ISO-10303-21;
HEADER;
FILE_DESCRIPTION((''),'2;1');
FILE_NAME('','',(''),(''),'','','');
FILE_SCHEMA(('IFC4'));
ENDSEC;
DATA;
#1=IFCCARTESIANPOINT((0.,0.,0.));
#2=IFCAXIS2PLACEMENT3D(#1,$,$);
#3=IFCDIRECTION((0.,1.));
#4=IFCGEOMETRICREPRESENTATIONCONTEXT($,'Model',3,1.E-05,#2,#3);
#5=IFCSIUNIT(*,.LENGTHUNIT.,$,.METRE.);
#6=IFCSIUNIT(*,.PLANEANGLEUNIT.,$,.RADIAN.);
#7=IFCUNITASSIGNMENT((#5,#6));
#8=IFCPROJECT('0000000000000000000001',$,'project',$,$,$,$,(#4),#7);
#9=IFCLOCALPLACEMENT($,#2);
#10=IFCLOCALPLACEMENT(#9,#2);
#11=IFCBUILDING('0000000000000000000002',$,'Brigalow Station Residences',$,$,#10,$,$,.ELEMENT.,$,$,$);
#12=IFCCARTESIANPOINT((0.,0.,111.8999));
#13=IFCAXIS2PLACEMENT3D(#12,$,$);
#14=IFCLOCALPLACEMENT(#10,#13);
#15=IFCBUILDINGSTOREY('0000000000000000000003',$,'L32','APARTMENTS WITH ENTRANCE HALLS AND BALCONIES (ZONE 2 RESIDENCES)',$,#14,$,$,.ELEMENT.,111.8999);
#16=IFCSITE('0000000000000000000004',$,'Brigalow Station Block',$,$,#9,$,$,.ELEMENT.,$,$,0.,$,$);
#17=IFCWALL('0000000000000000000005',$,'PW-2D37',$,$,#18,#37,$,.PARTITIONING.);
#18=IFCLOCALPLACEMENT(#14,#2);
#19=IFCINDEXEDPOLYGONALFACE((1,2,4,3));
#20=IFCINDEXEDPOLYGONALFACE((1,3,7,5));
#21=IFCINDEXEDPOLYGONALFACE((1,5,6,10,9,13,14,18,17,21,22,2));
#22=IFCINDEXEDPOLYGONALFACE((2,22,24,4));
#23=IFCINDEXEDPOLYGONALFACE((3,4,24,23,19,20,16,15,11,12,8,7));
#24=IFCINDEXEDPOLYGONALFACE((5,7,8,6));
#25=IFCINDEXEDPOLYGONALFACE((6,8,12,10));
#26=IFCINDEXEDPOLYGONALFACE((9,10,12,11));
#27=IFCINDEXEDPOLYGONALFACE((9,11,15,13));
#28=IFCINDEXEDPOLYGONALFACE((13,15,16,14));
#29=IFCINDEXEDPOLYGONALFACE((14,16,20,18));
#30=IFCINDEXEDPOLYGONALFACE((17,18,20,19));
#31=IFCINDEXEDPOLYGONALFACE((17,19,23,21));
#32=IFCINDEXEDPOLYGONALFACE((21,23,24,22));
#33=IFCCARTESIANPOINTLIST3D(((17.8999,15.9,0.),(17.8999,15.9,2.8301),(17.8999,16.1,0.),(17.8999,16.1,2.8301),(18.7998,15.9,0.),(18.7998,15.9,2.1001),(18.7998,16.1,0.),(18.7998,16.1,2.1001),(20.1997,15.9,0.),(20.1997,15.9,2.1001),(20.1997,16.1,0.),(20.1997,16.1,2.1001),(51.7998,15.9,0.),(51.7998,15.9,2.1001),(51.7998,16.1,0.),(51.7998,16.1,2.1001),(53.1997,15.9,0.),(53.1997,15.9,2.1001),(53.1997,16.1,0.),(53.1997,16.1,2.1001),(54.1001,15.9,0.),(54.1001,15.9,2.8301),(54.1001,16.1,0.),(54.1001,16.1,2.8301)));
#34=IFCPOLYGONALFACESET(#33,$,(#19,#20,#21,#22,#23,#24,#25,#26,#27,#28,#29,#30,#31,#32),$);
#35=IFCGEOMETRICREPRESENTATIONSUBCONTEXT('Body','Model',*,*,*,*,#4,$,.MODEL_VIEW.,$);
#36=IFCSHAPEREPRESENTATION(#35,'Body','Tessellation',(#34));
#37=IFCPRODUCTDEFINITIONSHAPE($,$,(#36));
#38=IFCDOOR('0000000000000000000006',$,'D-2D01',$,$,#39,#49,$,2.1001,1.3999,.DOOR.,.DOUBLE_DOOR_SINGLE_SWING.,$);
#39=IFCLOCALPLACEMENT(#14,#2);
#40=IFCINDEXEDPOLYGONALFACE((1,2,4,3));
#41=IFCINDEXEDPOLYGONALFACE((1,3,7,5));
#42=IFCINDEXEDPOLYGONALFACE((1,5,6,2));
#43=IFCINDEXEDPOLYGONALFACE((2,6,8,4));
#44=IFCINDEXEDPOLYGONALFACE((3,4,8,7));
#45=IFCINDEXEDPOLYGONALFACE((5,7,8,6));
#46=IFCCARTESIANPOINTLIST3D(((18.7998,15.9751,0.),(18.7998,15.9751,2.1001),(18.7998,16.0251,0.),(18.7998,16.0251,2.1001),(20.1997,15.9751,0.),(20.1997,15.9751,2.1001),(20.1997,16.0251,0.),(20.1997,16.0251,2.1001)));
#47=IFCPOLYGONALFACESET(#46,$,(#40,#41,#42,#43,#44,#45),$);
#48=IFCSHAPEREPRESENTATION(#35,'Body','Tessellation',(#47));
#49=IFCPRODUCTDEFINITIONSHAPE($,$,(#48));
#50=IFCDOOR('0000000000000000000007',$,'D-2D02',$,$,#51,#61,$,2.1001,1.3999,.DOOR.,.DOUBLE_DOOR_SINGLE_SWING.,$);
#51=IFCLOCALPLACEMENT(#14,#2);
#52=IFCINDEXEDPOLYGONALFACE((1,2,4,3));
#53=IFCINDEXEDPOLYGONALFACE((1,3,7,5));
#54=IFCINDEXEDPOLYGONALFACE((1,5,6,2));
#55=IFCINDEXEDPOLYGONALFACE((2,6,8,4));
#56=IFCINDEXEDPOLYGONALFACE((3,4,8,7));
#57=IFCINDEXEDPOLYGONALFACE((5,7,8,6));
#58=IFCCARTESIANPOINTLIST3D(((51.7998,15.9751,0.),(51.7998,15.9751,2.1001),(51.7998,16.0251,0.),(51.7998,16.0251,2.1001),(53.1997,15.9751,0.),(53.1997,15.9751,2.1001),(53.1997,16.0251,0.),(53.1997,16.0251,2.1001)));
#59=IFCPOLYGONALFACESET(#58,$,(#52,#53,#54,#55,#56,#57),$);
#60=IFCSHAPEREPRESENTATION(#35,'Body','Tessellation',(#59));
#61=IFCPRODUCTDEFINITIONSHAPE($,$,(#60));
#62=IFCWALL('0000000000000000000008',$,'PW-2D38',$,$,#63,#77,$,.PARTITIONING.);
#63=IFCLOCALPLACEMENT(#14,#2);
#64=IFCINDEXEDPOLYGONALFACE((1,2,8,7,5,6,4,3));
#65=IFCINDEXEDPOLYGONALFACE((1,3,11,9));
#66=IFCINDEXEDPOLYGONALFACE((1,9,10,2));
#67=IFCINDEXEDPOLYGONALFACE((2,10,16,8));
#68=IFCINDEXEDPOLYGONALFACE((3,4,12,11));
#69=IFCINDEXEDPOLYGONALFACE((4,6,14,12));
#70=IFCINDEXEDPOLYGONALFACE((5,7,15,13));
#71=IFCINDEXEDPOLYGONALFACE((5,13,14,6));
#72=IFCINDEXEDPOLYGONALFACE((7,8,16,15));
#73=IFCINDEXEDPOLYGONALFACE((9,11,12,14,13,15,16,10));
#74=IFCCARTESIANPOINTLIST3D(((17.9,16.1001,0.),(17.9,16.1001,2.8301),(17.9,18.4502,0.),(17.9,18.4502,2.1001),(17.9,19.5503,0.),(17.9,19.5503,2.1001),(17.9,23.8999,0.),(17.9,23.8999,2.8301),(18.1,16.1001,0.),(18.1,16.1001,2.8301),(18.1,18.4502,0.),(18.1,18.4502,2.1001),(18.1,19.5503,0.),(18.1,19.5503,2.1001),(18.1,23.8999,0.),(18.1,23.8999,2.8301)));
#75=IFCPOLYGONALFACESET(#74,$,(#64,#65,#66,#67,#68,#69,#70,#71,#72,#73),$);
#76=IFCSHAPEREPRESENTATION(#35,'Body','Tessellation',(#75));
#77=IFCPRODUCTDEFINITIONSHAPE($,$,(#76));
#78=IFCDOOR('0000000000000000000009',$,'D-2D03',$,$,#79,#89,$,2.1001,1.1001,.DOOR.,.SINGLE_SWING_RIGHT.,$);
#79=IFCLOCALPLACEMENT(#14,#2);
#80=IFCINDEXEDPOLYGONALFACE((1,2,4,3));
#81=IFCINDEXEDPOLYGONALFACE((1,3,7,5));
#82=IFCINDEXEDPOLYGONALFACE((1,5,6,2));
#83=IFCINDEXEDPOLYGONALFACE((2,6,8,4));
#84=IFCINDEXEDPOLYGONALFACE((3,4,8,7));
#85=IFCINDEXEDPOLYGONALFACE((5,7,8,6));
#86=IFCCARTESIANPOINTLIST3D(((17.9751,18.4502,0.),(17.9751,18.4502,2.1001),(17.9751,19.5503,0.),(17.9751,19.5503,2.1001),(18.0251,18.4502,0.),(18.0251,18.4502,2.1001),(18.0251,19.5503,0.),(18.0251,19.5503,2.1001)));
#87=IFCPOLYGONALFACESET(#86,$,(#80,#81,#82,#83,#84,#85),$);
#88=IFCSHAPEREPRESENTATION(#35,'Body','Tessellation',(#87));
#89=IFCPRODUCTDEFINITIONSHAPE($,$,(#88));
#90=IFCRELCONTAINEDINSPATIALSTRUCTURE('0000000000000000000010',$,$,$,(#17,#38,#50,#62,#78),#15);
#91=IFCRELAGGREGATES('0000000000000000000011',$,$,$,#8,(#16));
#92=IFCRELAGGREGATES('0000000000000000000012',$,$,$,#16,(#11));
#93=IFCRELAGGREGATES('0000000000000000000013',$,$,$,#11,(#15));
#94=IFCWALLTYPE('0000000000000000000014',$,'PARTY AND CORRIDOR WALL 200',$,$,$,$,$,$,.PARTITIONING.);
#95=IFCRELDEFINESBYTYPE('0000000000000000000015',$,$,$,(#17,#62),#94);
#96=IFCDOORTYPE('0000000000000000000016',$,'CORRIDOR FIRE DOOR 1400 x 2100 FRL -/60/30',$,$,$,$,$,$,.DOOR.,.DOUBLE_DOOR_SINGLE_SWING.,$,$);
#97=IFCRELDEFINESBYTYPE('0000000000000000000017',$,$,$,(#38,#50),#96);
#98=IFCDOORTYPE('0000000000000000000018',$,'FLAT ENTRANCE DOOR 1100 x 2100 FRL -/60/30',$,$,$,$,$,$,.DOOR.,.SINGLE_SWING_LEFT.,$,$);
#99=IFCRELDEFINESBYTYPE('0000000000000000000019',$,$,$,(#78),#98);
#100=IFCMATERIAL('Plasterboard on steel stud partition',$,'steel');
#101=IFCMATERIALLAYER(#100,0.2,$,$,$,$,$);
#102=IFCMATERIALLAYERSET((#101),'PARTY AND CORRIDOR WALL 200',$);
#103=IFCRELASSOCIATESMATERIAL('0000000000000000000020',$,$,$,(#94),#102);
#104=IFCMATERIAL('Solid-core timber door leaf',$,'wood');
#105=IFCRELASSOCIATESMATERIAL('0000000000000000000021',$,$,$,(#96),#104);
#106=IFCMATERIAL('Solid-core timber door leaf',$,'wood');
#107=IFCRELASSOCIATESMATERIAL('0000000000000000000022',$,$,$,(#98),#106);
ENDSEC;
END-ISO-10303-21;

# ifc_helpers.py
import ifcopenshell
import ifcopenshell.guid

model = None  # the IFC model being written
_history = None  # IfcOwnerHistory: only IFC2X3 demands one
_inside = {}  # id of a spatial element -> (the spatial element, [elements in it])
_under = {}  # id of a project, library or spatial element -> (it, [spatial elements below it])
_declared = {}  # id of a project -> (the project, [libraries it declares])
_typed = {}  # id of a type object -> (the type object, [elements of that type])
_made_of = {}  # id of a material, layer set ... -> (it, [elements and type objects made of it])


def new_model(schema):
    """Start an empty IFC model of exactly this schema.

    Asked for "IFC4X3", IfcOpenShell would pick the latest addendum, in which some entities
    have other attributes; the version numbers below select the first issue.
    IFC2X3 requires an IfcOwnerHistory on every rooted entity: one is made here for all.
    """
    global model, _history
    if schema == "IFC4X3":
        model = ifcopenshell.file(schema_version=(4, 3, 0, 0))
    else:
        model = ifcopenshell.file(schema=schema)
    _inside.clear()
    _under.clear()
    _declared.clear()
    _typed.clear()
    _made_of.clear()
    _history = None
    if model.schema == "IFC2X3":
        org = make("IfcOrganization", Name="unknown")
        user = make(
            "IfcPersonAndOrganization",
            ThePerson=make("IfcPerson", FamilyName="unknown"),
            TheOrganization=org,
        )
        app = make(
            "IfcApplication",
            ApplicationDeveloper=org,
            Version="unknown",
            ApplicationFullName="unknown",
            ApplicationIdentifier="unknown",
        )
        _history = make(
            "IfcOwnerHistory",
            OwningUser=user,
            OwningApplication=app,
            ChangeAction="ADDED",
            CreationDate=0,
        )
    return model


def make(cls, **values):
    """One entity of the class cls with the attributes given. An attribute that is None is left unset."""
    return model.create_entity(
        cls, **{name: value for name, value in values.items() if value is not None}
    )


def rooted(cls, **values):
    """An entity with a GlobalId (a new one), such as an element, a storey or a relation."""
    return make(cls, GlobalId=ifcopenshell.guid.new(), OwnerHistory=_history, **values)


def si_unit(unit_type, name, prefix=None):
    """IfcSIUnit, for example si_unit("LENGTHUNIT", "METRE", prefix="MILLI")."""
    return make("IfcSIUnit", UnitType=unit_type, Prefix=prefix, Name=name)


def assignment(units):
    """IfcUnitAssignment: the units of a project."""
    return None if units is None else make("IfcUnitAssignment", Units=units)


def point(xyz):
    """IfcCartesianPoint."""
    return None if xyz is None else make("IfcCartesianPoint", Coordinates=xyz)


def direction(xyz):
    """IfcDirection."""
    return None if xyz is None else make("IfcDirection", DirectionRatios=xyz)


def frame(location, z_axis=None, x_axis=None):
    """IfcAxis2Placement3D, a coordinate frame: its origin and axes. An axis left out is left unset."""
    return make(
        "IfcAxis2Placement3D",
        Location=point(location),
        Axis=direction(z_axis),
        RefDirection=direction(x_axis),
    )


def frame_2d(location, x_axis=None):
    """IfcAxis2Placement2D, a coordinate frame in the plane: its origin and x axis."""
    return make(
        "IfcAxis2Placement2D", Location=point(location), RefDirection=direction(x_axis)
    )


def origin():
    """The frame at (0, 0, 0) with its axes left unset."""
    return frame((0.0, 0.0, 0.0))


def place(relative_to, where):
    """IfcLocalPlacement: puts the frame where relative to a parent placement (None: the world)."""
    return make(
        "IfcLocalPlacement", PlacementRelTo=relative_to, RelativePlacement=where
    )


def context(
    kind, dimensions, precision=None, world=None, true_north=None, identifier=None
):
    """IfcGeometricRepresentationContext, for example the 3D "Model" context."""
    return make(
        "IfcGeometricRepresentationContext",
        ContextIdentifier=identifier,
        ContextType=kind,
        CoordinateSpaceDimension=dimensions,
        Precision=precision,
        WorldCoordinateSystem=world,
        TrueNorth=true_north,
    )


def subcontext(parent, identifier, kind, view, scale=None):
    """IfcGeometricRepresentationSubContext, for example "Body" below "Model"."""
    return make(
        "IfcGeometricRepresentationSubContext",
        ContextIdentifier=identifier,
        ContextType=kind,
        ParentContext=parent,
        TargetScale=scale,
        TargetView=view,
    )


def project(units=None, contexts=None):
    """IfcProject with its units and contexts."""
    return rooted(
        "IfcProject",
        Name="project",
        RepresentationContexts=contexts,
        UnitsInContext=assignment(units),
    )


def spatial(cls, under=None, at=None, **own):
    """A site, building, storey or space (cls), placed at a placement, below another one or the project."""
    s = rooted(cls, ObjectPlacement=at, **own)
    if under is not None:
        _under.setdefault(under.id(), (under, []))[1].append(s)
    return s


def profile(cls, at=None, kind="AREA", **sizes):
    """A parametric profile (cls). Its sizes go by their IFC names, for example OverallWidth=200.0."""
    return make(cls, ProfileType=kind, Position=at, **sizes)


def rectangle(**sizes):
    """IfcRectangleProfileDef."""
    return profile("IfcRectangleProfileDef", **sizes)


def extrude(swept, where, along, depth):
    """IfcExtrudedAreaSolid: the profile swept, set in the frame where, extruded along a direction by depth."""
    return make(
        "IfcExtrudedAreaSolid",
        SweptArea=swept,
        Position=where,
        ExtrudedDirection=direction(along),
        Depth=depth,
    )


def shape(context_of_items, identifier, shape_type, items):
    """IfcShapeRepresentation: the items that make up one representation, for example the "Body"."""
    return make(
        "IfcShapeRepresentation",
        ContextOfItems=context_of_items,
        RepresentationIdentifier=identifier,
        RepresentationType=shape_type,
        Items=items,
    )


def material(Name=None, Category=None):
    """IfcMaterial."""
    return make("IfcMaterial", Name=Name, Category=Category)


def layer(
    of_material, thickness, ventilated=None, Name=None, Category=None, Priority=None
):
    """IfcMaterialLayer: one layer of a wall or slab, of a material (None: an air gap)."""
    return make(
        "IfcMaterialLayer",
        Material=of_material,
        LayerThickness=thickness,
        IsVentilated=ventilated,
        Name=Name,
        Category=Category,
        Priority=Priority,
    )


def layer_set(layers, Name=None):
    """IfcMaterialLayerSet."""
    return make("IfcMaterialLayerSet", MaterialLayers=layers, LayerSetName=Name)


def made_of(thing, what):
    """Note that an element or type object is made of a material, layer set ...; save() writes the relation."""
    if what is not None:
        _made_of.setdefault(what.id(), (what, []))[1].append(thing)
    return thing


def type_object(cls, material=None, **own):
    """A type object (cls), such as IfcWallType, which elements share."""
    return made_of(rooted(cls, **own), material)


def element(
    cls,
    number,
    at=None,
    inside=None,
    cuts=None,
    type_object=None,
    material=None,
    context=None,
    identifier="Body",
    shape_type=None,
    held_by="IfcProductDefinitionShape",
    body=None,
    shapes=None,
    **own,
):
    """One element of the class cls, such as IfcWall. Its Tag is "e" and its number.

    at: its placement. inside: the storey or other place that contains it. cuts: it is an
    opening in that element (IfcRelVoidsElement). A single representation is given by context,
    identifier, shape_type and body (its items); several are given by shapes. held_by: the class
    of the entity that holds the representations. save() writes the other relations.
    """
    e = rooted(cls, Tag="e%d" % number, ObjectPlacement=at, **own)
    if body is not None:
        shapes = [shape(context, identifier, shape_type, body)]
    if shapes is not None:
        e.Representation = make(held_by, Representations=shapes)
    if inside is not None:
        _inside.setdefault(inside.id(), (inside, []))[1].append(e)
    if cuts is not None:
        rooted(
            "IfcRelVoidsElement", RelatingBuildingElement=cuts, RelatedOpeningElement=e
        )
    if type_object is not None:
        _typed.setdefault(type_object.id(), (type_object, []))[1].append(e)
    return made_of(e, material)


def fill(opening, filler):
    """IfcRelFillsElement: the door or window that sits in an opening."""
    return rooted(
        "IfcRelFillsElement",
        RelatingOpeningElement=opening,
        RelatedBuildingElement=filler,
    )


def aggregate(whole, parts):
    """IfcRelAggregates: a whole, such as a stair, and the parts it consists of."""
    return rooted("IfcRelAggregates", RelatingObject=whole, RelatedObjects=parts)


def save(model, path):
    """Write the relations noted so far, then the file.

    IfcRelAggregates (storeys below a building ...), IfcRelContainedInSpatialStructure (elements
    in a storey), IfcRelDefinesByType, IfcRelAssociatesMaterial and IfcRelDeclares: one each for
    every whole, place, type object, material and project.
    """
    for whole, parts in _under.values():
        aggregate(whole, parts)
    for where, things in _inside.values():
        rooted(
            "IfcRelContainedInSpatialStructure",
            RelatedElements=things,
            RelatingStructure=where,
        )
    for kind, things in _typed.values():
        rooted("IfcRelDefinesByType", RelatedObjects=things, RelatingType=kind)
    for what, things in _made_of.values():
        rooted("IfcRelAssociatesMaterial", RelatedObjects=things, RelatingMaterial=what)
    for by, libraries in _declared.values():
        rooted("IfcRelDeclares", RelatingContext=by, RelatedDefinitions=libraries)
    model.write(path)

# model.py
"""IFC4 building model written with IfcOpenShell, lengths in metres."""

from ifc_helpers import new_model, si_unit, direction, frame, frame_2d, origin, place, context, subcontext, project, spatial, rectangle, extrude, material, layer, layer_set, type_object, element, fill, save


model = new_model("IFC4")

# Units and contexts
model_context = context("Model", 3, precision=1e-05, world=origin(), true_north=direction((0.0, 1.0)))
body_context = subcontext(model_context, "Body", "Model", "MODEL_VIEW")
ifc_project = project(units=[si_unit("LENGTHUNIT", "METRE"), si_unit("PLANEANGLEUNIT", "RADIAN")], contexts=[model_context])

# Site, building, storey
site_placement = place(None, origin())
site = spatial("IfcSite", under=ifc_project, at=site_placement, Name="Brigalow Station Block", CompositionType="ELEMENT", RefElevation=0.0)
building_placement = place(site_placement, origin())
building = spatial("IfcBuilding", under=site, at=building_placement, Name="Brigalow Station Residences", CompositionType="ELEMENT")
storey_placement = place(building_placement, frame((0.0, 0.0, 111.8999)))
storey = spatial("IfcBuildingStorey", under=building, at=storey_placement, Name="L32", Description="APARTMENTS WITH ENTRANCE HALLS AND BALCONIES (ZONE 2 RESIDENCES)", CompositionType="ELEMENT", Elevation=111.8999)

# Wall, openings, doors
ifc_material_1 = material(Name="Plasterboard on steel stud partition", Category="steel")
ifc_layer_1 = layer(ifc_material_1, 0.2)
ifc_layer_set_1 = layer_set([ifc_layer_1], Name="PARTY AND CORRIDOR WALL 200")
wall_type_1 = type_object("IfcWallType", Name="PARTY AND CORRIDOR WALL 200", PredefinedType="PARTITIONING", material=ifc_layer_set_1)
wall_1_placement = place(storey_placement, frame((17.8999, 16.0, 0.0), z_axis=(0.0, 0.0, 1.0), x_axis=(1.0, 0.0, 0.0)))
wall_1 = element("IfcWall", 1, at=wall_1_placement, inside=storey, type_object=wall_type_1, Name="PW-2D37", PredefinedType="PARTITIONING", context=body_context, shape_type="SweptSolid", body=[
    extrude(rectangle(XDim=36.2002, YDim=0.2, at=frame_2d((18.1001, 0.0))), origin(), (0.0, 0.0, 1.0), 2.8301),
])
opening_1_placement = place(wall_1_placement, frame((0.8999, 0.0, 0.0)))
opening_1 = element("IfcOpeningElement", 2, at=opening_1_placement, cuts=wall_1, PredefinedType="OPENING", context=body_context, shape_type="SweptSolid", body=[
    extrude(rectangle(XDim=1.3999, YDim=2.1001, at=frame_2d((0.7, 1.05))), frame((0.0, 0.1099, 0.0), z_axis=(0.0, -1.0, 0.0), x_axis=(1.0, 0.0, 0.0)), (0.0, 0.0, 1.0), 0.22),
])
opening_2_placement = place(wall_1_placement, frame((33.8999, 0.0, 0.0)))
opening_2 = element("IfcOpeningElement", 3, at=opening_2_placement, cuts=wall_1, PredefinedType="OPENING", context=body_context, shape_type="SweptSolid", body=[
    extrude(rectangle(XDim=1.3999, YDim=2.1001, at=frame_2d((0.7, 1.05))), frame((0.0, 0.1099, 0.0), z_axis=(0.0, -1.0, 0.0), x_axis=(1.0, 0.0, 0.0)), (0.0, 0.0, 1.0), 0.22),
])
ifc_material_2 = material(Name="Solid-core timber door leaf", Category="wood")
door_type_1 = type_object("IfcDoorType", Name="CORRIDOR FIRE DOOR 1400 x 2100 FRL -/60/30", OperationType="DOUBLE_DOOR_SINGLE_SWING", PredefinedType="DOOR", material=ifc_material_2)
door_1_placement = place(opening_1_placement, frame((1.3999, 0.0, 0.0), z_axis=(0.0, 0.0, 1.0), x_axis=(-1.0, 0.0, 0.0)))
door_1 = element("IfcDoor", 4, at=door_1_placement, inside=storey, type_object=door_type_1, Name="D-2D01", OperationType="DOUBLE_DOOR_SINGLE_SWING", OverallHeight=2.1001, OverallWidth=1.3999, PredefinedType="DOOR", context=body_context, shape_type="SweptSolid", body=[
    extrude(rectangle(XDim=1.3999, YDim=2.1001, at=frame_2d((0.7, 1.05))), frame((0.0, 0.0249, 0.0), z_axis=(0.0, -1.0, 0.0), x_axis=(1.0, 0.0, 0.0)), (0.0, 0.0, 1.0), 0.05),
])
fill(opening_1, door_1)
door_2_placement = place(opening_2_placement, frame((1.3999, 0.0, 0.0), z_axis=(0.0, 0.0, 1.0), x_axis=(-1.0, 0.0, 0.0)))
door_2 = element("IfcDoor", 5, at=door_2_placement, inside=storey, type_object=door_type_1, Name="D-2D02", OperationType="DOUBLE_DOOR_SINGLE_SWING", OverallHeight=2.1001, OverallWidth=1.3999, PredefinedType="DOOR", context=body_context, shape_type="SweptSolid", body=[
    extrude(rectangle(XDim=1.3999, YDim=2.1001, at=frame_2d((0.7, 1.05))), frame((0.0, 0.0249, 0.0), z_axis=(0.0, -1.0, 0.0), x_axis=(1.0, 0.0, 0.0)), (0.0, 0.0, 1.0), 0.05),
])
fill(opening_2, door_2)

# Wall, opening, door
wall_2_placement = place(storey_placement, frame((18.0, 16.1001, 0.0), z_axis=(0.0, 0.0, 1.0), x_axis=(0.0, 1.0, 0.0)))
wall_2 = element("IfcWall", 6, at=wall_2_placement, inside=storey, type_object=wall_type_1, Name="PW-2D38", PredefinedType="PARTITIONING", context=body_context, shape_type="SweptSolid", body=[
    extrude(rectangle(XDim=7.7998, YDim=0.2, at=frame_2d((3.8999, 0.0))), origin(), (0.0, 0.0, 1.0), 2.8301),
])
opening_3_placement = place(wall_2_placement, frame((2.3501, 0.0, 0.0)))
opening_3 = element("IfcOpeningElement", 7, at=opening_3_placement, cuts=wall_2, PredefinedType="OPENING", context=body_context, shape_type="SweptSolid", body=[
    extrude(rectangle(XDim=1.1001, YDim=2.1001, at=frame_2d((0.55, 1.05))), frame((0.0, 0.1099, 0.0), z_axis=(0.0, -1.0, 0.0), x_axis=(1.0, 0.0, 0.0)), (0.0, 0.0, 1.0), 0.22),
])
ifc_material_3 = material(Name="Solid-core timber door leaf", Category="wood")
door_type_2 = type_object("IfcDoorType", Name="FLAT ENTRANCE DOOR 1100 x 2100 FRL -/60/30", OperationType="SINGLE_SWING_LEFT", PredefinedType="DOOR", material=ifc_material_3)
door_3_placement = place(opening_3_placement, origin())
door_3 = element("IfcDoor", 8, at=door_3_placement, inside=storey, type_object=door_type_2, Name="D-2D03", OperationType="SINGLE_SWING_RIGHT", OverallHeight=2.1001, OverallWidth=1.1001, PredefinedType="DOOR", context=body_context, shape_type="SweptSolid", body=[
    extrude(rectangle(XDim=1.1001, YDim=2.1001, at=frame_2d((0.55, 1.05))), frame((0.0, 0.0249, 0.0), z_axis=(0.0, -1.0, 0.0), x_axis=(1.0, 0.0, 0.0)), (0.0, 0.0, 1.0), 0.05),
])
fill(opening_3, door_3)

save(model, "model.ifc")
